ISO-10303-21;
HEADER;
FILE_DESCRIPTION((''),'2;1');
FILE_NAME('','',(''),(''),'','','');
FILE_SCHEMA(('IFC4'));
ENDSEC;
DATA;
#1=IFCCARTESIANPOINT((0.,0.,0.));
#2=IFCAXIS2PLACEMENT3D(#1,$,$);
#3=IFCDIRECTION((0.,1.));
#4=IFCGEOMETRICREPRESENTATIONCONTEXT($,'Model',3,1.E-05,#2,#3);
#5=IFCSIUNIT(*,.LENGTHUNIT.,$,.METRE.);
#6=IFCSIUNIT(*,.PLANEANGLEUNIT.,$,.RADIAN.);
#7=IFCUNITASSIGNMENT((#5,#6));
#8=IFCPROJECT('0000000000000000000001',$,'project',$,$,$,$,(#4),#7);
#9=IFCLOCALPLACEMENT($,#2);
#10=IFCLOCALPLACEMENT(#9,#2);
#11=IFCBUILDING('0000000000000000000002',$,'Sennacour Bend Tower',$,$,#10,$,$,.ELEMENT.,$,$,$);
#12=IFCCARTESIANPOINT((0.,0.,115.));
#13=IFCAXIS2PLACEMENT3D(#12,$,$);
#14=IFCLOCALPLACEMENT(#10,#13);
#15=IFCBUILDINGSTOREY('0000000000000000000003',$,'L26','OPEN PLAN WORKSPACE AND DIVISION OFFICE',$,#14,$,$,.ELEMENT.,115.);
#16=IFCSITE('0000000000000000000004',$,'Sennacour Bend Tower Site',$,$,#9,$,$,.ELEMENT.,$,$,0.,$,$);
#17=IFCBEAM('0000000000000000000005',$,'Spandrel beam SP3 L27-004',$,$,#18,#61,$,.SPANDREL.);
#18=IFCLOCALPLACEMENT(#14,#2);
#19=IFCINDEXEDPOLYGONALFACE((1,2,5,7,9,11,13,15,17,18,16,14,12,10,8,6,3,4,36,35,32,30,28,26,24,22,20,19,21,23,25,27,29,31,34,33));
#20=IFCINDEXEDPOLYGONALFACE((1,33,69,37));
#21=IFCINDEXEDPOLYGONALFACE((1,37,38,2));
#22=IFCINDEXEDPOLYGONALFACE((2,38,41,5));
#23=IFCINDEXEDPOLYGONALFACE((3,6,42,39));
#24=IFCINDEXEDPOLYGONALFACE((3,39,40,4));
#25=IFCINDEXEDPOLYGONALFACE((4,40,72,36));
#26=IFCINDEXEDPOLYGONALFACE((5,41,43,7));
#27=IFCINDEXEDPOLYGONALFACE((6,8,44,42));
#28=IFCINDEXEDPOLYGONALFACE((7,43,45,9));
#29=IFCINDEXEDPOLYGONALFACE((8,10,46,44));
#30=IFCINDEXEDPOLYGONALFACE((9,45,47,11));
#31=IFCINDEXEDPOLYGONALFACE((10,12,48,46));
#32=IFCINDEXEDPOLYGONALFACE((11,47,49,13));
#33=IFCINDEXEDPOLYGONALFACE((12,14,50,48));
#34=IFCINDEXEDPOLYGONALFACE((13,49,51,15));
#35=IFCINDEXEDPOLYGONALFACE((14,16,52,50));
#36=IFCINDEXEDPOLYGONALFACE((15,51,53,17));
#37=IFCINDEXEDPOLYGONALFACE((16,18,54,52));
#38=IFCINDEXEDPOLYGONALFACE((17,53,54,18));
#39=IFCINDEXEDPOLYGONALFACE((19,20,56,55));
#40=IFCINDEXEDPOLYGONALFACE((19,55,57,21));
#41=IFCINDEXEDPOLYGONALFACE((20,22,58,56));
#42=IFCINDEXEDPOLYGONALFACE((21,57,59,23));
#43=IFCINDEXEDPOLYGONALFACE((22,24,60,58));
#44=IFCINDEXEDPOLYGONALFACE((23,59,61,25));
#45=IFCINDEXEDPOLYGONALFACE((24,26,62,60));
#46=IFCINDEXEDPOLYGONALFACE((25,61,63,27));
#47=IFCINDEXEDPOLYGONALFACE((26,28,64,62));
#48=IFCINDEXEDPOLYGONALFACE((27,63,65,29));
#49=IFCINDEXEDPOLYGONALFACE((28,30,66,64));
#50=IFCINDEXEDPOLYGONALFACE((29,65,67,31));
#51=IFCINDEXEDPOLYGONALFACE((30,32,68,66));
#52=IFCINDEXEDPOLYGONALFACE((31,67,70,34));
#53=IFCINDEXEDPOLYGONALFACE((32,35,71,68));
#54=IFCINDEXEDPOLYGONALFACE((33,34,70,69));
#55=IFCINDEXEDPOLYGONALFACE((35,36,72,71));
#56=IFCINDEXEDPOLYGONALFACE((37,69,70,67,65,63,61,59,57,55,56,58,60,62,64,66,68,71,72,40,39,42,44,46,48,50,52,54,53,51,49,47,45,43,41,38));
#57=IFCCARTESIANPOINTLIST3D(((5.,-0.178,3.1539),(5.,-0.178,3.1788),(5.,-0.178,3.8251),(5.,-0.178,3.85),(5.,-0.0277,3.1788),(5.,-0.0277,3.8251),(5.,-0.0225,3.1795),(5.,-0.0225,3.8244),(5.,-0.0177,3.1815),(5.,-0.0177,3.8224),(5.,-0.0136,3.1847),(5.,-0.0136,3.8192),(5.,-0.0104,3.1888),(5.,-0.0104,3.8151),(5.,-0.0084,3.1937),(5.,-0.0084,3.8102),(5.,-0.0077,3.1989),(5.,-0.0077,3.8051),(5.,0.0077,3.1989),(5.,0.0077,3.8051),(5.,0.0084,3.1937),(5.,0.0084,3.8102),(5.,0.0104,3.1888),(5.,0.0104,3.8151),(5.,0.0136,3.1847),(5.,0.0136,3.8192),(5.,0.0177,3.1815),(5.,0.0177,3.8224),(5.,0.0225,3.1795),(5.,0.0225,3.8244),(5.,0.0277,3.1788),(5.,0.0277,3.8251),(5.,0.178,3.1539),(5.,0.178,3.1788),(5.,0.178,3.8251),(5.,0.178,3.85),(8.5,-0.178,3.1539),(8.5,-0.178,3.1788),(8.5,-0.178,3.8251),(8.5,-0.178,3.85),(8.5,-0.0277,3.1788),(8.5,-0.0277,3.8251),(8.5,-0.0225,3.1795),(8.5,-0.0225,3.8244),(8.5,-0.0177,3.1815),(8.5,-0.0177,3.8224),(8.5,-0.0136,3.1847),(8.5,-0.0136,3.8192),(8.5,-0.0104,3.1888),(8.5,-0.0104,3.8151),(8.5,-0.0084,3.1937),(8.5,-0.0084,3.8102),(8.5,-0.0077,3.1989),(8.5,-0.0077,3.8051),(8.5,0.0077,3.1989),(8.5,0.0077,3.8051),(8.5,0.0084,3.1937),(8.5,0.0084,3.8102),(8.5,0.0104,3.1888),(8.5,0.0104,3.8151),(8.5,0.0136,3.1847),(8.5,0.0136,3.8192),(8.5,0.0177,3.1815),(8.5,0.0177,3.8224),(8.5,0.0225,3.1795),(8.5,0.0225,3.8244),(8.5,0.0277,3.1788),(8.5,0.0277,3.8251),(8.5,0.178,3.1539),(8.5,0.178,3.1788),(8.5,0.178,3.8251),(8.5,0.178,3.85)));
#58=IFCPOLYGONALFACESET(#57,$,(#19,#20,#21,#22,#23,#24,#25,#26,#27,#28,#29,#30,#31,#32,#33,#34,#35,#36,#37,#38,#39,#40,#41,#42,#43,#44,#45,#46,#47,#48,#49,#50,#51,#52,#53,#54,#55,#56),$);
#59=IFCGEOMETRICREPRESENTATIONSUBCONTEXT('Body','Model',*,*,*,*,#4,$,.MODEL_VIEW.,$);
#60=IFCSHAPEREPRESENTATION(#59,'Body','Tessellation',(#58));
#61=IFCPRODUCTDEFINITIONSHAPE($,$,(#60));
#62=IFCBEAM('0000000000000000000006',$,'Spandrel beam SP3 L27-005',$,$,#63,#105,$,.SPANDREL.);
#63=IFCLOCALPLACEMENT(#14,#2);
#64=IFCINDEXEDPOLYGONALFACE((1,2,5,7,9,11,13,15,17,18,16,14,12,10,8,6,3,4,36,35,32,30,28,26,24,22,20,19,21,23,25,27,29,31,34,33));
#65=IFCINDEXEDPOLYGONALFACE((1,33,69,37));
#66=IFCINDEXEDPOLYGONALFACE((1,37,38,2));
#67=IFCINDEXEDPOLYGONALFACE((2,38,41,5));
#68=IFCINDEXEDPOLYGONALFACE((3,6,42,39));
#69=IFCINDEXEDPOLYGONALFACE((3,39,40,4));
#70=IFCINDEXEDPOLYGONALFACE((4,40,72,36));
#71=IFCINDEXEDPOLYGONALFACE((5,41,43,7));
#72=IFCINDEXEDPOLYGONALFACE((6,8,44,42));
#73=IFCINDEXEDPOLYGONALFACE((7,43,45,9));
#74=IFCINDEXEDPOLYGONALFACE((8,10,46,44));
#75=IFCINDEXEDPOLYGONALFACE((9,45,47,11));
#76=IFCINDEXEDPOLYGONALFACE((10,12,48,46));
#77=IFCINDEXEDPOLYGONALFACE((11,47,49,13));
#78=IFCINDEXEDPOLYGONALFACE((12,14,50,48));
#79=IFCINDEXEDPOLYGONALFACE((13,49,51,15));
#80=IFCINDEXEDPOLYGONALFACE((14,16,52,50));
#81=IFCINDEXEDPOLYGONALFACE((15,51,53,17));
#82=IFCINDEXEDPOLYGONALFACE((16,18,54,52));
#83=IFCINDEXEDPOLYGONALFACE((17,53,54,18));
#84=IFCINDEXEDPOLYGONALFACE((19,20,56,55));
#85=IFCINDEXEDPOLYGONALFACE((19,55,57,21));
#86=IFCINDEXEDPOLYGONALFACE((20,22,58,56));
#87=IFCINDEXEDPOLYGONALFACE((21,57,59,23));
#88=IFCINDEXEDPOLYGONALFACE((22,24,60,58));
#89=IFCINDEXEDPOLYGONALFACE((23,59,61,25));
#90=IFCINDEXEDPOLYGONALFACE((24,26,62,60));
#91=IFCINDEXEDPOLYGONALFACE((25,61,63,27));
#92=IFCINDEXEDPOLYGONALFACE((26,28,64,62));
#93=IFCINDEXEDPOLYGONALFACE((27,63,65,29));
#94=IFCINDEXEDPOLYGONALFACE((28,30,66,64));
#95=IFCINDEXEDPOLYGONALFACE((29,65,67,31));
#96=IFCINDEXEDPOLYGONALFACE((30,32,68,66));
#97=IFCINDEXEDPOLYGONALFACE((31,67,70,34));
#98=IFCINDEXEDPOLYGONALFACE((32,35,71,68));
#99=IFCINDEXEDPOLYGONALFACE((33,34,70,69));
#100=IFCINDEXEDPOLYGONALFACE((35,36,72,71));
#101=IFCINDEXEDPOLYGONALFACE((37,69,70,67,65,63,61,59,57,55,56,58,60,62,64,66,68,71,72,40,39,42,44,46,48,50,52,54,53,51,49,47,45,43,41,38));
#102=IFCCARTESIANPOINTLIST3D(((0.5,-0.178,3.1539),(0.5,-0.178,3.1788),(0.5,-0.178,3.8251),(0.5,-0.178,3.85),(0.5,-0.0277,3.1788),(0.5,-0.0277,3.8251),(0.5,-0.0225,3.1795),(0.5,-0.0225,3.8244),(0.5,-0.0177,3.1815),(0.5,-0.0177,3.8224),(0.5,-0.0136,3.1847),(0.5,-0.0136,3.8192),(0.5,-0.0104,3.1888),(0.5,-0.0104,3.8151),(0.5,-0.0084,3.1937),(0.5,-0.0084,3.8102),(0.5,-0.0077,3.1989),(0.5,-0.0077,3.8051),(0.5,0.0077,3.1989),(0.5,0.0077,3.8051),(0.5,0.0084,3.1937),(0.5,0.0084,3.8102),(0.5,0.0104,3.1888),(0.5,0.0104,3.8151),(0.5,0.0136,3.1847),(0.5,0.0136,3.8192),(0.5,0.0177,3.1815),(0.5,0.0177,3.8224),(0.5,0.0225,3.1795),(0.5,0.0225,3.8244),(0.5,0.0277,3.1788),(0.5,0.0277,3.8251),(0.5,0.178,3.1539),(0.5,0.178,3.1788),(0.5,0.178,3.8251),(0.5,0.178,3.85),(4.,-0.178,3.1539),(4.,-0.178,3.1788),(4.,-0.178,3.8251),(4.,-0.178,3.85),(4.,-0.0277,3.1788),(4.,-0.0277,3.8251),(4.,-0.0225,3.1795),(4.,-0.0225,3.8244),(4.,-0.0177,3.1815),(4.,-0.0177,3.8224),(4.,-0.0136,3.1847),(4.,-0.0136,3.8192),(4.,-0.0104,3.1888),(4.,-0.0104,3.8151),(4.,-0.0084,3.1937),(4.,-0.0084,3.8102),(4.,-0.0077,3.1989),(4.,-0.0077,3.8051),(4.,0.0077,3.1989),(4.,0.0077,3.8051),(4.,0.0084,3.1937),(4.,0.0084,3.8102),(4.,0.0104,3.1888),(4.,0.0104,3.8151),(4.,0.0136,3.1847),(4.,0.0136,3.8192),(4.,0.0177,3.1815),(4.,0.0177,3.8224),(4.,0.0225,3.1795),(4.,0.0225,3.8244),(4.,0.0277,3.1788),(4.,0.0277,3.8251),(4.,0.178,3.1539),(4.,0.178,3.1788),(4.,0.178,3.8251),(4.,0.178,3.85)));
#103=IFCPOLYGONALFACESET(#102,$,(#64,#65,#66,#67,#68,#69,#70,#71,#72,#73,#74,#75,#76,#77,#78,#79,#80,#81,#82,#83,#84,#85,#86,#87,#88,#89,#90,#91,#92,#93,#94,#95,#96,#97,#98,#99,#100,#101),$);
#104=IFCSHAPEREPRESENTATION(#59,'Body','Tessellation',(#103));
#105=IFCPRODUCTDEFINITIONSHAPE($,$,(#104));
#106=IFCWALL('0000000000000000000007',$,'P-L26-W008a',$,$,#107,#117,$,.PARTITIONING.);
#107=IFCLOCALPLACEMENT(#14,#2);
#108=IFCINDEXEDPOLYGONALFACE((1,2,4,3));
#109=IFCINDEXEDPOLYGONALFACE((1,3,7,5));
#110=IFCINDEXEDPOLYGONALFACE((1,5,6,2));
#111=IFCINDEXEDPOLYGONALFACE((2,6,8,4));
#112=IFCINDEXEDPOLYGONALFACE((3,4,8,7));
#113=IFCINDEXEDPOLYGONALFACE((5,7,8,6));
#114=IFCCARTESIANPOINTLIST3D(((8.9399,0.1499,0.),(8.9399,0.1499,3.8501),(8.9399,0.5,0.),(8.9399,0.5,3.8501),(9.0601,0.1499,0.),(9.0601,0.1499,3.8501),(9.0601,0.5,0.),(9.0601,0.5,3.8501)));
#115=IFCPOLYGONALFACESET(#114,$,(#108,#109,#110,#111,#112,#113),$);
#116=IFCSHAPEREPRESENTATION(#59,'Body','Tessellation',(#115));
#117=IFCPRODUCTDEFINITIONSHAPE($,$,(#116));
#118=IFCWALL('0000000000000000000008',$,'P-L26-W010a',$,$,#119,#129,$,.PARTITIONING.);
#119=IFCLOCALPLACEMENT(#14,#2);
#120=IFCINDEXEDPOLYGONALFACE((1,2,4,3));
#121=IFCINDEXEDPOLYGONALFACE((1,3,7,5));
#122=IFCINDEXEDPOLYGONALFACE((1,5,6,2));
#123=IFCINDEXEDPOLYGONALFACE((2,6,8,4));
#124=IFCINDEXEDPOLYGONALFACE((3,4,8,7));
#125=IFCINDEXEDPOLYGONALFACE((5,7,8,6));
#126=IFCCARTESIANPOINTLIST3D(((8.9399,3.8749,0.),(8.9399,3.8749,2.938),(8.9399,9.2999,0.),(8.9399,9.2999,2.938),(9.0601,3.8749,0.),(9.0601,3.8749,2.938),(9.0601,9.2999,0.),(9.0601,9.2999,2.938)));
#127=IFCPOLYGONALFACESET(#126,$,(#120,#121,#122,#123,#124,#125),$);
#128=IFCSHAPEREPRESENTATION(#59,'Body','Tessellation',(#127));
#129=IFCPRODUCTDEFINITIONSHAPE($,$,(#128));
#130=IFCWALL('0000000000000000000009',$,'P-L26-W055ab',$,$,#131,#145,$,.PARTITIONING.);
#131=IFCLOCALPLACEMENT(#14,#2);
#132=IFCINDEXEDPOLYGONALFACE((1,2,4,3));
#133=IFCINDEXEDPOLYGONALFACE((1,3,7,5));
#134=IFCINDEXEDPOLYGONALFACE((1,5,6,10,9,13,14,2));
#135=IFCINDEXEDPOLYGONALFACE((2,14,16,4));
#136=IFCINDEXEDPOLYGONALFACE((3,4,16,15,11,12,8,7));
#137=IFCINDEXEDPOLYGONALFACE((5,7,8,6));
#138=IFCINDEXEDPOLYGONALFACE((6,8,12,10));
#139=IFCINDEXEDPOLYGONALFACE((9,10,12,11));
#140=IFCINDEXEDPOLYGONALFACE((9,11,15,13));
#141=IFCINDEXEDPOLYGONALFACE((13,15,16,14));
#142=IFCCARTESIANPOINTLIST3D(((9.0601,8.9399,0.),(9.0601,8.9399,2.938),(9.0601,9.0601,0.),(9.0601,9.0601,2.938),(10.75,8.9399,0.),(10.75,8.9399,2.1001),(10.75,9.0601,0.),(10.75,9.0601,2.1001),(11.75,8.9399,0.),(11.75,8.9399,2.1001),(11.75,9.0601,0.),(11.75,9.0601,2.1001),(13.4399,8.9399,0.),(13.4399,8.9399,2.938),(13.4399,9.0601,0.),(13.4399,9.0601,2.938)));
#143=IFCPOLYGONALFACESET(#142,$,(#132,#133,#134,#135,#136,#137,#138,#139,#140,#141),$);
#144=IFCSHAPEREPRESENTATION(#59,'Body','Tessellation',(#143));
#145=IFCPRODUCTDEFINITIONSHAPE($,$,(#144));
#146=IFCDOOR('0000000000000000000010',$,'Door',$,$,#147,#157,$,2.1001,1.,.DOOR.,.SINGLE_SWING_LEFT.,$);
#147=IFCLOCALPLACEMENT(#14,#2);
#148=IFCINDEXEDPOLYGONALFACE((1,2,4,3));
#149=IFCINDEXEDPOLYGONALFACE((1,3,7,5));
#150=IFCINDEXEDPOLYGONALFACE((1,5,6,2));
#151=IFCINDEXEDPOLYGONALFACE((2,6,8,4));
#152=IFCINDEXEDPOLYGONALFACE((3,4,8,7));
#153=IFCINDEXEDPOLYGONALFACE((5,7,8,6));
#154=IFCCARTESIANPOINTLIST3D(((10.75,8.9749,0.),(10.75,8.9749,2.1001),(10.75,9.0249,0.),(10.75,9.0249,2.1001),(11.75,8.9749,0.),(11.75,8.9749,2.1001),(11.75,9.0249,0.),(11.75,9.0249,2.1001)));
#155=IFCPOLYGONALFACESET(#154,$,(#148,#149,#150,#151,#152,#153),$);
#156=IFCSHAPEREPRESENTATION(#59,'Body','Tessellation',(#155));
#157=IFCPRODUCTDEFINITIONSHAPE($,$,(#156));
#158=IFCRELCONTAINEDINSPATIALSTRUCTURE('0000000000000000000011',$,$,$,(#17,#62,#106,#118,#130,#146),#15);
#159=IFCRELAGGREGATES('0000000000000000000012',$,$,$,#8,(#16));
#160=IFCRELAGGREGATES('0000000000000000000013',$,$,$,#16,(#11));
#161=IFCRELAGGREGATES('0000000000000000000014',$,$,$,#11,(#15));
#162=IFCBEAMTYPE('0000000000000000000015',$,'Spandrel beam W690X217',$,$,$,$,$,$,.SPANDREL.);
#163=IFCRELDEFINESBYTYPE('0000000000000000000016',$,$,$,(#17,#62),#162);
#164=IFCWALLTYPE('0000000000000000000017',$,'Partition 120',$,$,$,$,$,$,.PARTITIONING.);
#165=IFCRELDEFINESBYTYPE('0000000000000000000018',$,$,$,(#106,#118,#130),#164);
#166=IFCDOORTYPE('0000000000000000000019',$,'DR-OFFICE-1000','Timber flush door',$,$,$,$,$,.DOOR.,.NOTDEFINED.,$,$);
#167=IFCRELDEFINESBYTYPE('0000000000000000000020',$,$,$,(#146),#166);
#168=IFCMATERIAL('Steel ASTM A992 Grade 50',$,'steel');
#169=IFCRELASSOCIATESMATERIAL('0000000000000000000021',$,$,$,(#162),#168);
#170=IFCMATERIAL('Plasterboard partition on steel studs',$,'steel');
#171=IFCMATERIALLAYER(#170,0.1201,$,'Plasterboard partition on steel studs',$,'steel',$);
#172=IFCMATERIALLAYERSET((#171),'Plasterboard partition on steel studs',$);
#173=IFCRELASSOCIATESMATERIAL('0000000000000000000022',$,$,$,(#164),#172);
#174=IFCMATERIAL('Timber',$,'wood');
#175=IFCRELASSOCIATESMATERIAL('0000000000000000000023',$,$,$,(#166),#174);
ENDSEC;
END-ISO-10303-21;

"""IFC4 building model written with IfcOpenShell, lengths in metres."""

from ifc_helpers import new_model, si_unit, direction, frame, frame_2d, origin, origin_2d, place, context, subcontext, project, spatial, rectangle, i_section, extrude, material, layer, layer_set, material_profile, profile_set, type_object, element, fill, save


model = new_model("IFC4")

# Units and contexts
model_context = context("Model", 3, precision=1e-05, world=origin(), true_north=direction((0.0, 1.0)))
body_context = subcontext(model_context, "Body", "Model", "MODEL_VIEW")
ifc_project = project(units=[si_unit("LENGTHUNIT", "METRE"), si_unit("PLANEANGLEUNIT", "RADIAN")], contexts=[model_context])

# Site, building, storey
site_placement = place(None, origin())
site = spatial("IfcSite", under=ifc_project, at=site_placement, Name="Sennacour Bend Tower Site", CompositionType="ELEMENT", RefElevation=0.0)
building_placement = place(site_placement, origin())
building = spatial("IfcBuilding", under=site, at=building_placement, Name="Sennacour Bend Tower", CompositionType="ELEMENT")
storey_placement = place(building_placement, frame((0.0, 0.0, 115.0)))
storey = spatial("IfcBuildingStorey", under=building, at=storey_placement, Name="L26", Description="OPEN PLAN WORKSPACE AND DIVISION OFFICE", CompositionType="ELEMENT", Elevation=115.0)

# Beams
ifc_material_1 = material(Name="Steel ASTM A992 Grade 50", Category="steel")
ifc_material_profile_1 = material_profile(ifc_material_1, i_section(OverallWidth=0.356, OverallDepth=0.696, WebThickness=0.0154, FlangeThickness=0.0249, FilletRadius=0.02, at=origin_2d()), Name="Steel ASTM A992 Grade 50", Category="steel")
ifc_profile_set_1 = profile_set([ifc_material_profile_1], Name="Steel ASTM A992 Grade 50")
beam_type_1 = type_object("IfcBeamType", Name="Spandrel beam W690X217", PredefinedType="SPANDREL", material=ifc_profile_set_1)
for number, where, z_axis, x_axis, name in (
    (1, (8.5, 0.0, 3.502), (-1.0, 0.0, 0.0), (0.0, -1.0, 0.0), "Spandrel beam SP3 L27-004"),
    (2, (4.0, 0.0, 3.502), (-1.0, 0.0, 0.0), (0.0, -1.0, 0.0), "Spandrel beam SP3 L27-005"),
):
    element("IfcBeam", number, at=place(storey_placement, frame(where, z_axis=z_axis, x_axis=x_axis)), inside=storey, type_object=beam_type_1, Name=name, PredefinedType="SPANDREL", context=body_context, shape_type="SweptSolid", body=[
        extrude(i_section(OverallWidth=0.356, OverallDepth=0.696, WebThickness=0.0154, FlangeThickness=0.0249, FilletRadius=0.02, at=origin_2d()), origin(), (0.0, 0.0, 1.0), 3.5),
    ])

# Walls
ifc_material_2 = material(Name="Plasterboard partition on steel studs", Category="steel")
ifc_layer_1 = layer(ifc_material_2, 0.1201, Name="Plasterboard partition on steel studs", Category="steel")
ifc_layer_set_1 = layer_set([ifc_layer_1], Name="Plasterboard partition on steel studs")
wall_type_1 = type_object("IfcWallType", Name="Partition 120", PredefinedType="PARTITIONING", material=ifc_layer_set_1)
wall_1_placement = place(storey_placement, frame((9.0, 0.1499, 0.0), z_axis=(0.0, 0.0, 1.0), x_axis=(0.0, 1.0, 0.0)))
element("IfcWall", 3, at=wall_1_placement, inside=storey, type_object=wall_type_1, Name="P-L26-W008a", PredefinedType="PARTITIONING", context=body_context, shape_type="SweptSolid", body=[
    extrude(rectangle(XDim=0.3501, YDim=0.1201, at=frame_2d((0.175, 0.0))), origin(), (0.0, 0.0, 1.0), 3.8501),
])
wall_2_placement = place(storey_placement, frame((9.0, 3.875, 0.0), z_axis=(0.0, 0.0, 1.0), x_axis=(0.0, 1.0, 0.0)))
element("IfcWall", 4, at=wall_2_placement, inside=storey, type_object=wall_type_1, Name="P-L26-W010a", PredefinedType="PARTITIONING", context=body_context, shape_type="SweptSolid", body=[
    extrude(rectangle(XDim=5.425, YDim=0.1201, at=frame_2d((2.7124, 0.0))), origin(), (0.0, 0.0, 1.0), 2.938),
])

# Wall, opening, door
wall_3_placement = place(storey_placement, frame((9.0601, 9.0, 0.0), z_axis=(0.0, 0.0, 1.0), x_axis=(1.0, 0.0, 0.0)))
wall_3 = element("IfcWall", 5, at=wall_3_placement, inside=storey, type_object=wall_type_1, Name="P-L26-W055ab", PredefinedType="PARTITIONING", context=body_context, shape_type="SweptSolid", body=[
    extrude(rectangle(XDim=4.3799, YDim=0.1201, at=frame_2d((2.1899, 0.0))), origin(), (0.0, 0.0, 1.0), 2.938),
])
opening_1_placement = place(wall_3_placement, frame((1.6899, 0.0, 0.0)))
opening_1 = element("IfcOpeningElement", 6, at=opening_1_placement, cuts=wall_3, PredefinedType="OPENING", context=body_context, shape_type="SweptSolid", body=[
    extrude(rectangle(XDim=1.0, YDim=2.1001, at=frame_2d((0.5, 1.05))), frame((0.0, 0.0701, 0.0), z_axis=(0.0, -1.0, 0.0), x_axis=(1.0, 0.0, 0.0)), (0.0, 0.0, 1.0), 0.1401),
])
ifc_material_3 = material(Name="Timber", Category="wood")
door_type = type_object("IfcDoorType", Name="DR-OFFICE-1000", Description="Timber flush door", OperationType="NOTDEFINED", PredefinedType="DOOR", material=ifc_material_3)
door_placement = place(opening_1_placement, origin())
door = element("IfcDoor", 7, at=door_placement, inside=storey, type_object=door_type, Name="Door", OperationType="SINGLE_SWING_LEFT", OverallHeight=2.1001, OverallWidth=1.0, PredefinedType="DOOR", context=body_context, shape_type="SweptSolid", body=[
    extrude(rectangle(XDim=1.0, YDim=2.1001, at=frame_2d((0.5, 1.05))), frame((0.0, 0.0249, 0.0), z_axis=(0.0, -1.0, 0.0), x_axis=(1.0, 0.0, 0.0)), (0.0, 0.0, 1.0), 0.05),
])
fill(opening_1, door)

save(model, "model.ifc")
